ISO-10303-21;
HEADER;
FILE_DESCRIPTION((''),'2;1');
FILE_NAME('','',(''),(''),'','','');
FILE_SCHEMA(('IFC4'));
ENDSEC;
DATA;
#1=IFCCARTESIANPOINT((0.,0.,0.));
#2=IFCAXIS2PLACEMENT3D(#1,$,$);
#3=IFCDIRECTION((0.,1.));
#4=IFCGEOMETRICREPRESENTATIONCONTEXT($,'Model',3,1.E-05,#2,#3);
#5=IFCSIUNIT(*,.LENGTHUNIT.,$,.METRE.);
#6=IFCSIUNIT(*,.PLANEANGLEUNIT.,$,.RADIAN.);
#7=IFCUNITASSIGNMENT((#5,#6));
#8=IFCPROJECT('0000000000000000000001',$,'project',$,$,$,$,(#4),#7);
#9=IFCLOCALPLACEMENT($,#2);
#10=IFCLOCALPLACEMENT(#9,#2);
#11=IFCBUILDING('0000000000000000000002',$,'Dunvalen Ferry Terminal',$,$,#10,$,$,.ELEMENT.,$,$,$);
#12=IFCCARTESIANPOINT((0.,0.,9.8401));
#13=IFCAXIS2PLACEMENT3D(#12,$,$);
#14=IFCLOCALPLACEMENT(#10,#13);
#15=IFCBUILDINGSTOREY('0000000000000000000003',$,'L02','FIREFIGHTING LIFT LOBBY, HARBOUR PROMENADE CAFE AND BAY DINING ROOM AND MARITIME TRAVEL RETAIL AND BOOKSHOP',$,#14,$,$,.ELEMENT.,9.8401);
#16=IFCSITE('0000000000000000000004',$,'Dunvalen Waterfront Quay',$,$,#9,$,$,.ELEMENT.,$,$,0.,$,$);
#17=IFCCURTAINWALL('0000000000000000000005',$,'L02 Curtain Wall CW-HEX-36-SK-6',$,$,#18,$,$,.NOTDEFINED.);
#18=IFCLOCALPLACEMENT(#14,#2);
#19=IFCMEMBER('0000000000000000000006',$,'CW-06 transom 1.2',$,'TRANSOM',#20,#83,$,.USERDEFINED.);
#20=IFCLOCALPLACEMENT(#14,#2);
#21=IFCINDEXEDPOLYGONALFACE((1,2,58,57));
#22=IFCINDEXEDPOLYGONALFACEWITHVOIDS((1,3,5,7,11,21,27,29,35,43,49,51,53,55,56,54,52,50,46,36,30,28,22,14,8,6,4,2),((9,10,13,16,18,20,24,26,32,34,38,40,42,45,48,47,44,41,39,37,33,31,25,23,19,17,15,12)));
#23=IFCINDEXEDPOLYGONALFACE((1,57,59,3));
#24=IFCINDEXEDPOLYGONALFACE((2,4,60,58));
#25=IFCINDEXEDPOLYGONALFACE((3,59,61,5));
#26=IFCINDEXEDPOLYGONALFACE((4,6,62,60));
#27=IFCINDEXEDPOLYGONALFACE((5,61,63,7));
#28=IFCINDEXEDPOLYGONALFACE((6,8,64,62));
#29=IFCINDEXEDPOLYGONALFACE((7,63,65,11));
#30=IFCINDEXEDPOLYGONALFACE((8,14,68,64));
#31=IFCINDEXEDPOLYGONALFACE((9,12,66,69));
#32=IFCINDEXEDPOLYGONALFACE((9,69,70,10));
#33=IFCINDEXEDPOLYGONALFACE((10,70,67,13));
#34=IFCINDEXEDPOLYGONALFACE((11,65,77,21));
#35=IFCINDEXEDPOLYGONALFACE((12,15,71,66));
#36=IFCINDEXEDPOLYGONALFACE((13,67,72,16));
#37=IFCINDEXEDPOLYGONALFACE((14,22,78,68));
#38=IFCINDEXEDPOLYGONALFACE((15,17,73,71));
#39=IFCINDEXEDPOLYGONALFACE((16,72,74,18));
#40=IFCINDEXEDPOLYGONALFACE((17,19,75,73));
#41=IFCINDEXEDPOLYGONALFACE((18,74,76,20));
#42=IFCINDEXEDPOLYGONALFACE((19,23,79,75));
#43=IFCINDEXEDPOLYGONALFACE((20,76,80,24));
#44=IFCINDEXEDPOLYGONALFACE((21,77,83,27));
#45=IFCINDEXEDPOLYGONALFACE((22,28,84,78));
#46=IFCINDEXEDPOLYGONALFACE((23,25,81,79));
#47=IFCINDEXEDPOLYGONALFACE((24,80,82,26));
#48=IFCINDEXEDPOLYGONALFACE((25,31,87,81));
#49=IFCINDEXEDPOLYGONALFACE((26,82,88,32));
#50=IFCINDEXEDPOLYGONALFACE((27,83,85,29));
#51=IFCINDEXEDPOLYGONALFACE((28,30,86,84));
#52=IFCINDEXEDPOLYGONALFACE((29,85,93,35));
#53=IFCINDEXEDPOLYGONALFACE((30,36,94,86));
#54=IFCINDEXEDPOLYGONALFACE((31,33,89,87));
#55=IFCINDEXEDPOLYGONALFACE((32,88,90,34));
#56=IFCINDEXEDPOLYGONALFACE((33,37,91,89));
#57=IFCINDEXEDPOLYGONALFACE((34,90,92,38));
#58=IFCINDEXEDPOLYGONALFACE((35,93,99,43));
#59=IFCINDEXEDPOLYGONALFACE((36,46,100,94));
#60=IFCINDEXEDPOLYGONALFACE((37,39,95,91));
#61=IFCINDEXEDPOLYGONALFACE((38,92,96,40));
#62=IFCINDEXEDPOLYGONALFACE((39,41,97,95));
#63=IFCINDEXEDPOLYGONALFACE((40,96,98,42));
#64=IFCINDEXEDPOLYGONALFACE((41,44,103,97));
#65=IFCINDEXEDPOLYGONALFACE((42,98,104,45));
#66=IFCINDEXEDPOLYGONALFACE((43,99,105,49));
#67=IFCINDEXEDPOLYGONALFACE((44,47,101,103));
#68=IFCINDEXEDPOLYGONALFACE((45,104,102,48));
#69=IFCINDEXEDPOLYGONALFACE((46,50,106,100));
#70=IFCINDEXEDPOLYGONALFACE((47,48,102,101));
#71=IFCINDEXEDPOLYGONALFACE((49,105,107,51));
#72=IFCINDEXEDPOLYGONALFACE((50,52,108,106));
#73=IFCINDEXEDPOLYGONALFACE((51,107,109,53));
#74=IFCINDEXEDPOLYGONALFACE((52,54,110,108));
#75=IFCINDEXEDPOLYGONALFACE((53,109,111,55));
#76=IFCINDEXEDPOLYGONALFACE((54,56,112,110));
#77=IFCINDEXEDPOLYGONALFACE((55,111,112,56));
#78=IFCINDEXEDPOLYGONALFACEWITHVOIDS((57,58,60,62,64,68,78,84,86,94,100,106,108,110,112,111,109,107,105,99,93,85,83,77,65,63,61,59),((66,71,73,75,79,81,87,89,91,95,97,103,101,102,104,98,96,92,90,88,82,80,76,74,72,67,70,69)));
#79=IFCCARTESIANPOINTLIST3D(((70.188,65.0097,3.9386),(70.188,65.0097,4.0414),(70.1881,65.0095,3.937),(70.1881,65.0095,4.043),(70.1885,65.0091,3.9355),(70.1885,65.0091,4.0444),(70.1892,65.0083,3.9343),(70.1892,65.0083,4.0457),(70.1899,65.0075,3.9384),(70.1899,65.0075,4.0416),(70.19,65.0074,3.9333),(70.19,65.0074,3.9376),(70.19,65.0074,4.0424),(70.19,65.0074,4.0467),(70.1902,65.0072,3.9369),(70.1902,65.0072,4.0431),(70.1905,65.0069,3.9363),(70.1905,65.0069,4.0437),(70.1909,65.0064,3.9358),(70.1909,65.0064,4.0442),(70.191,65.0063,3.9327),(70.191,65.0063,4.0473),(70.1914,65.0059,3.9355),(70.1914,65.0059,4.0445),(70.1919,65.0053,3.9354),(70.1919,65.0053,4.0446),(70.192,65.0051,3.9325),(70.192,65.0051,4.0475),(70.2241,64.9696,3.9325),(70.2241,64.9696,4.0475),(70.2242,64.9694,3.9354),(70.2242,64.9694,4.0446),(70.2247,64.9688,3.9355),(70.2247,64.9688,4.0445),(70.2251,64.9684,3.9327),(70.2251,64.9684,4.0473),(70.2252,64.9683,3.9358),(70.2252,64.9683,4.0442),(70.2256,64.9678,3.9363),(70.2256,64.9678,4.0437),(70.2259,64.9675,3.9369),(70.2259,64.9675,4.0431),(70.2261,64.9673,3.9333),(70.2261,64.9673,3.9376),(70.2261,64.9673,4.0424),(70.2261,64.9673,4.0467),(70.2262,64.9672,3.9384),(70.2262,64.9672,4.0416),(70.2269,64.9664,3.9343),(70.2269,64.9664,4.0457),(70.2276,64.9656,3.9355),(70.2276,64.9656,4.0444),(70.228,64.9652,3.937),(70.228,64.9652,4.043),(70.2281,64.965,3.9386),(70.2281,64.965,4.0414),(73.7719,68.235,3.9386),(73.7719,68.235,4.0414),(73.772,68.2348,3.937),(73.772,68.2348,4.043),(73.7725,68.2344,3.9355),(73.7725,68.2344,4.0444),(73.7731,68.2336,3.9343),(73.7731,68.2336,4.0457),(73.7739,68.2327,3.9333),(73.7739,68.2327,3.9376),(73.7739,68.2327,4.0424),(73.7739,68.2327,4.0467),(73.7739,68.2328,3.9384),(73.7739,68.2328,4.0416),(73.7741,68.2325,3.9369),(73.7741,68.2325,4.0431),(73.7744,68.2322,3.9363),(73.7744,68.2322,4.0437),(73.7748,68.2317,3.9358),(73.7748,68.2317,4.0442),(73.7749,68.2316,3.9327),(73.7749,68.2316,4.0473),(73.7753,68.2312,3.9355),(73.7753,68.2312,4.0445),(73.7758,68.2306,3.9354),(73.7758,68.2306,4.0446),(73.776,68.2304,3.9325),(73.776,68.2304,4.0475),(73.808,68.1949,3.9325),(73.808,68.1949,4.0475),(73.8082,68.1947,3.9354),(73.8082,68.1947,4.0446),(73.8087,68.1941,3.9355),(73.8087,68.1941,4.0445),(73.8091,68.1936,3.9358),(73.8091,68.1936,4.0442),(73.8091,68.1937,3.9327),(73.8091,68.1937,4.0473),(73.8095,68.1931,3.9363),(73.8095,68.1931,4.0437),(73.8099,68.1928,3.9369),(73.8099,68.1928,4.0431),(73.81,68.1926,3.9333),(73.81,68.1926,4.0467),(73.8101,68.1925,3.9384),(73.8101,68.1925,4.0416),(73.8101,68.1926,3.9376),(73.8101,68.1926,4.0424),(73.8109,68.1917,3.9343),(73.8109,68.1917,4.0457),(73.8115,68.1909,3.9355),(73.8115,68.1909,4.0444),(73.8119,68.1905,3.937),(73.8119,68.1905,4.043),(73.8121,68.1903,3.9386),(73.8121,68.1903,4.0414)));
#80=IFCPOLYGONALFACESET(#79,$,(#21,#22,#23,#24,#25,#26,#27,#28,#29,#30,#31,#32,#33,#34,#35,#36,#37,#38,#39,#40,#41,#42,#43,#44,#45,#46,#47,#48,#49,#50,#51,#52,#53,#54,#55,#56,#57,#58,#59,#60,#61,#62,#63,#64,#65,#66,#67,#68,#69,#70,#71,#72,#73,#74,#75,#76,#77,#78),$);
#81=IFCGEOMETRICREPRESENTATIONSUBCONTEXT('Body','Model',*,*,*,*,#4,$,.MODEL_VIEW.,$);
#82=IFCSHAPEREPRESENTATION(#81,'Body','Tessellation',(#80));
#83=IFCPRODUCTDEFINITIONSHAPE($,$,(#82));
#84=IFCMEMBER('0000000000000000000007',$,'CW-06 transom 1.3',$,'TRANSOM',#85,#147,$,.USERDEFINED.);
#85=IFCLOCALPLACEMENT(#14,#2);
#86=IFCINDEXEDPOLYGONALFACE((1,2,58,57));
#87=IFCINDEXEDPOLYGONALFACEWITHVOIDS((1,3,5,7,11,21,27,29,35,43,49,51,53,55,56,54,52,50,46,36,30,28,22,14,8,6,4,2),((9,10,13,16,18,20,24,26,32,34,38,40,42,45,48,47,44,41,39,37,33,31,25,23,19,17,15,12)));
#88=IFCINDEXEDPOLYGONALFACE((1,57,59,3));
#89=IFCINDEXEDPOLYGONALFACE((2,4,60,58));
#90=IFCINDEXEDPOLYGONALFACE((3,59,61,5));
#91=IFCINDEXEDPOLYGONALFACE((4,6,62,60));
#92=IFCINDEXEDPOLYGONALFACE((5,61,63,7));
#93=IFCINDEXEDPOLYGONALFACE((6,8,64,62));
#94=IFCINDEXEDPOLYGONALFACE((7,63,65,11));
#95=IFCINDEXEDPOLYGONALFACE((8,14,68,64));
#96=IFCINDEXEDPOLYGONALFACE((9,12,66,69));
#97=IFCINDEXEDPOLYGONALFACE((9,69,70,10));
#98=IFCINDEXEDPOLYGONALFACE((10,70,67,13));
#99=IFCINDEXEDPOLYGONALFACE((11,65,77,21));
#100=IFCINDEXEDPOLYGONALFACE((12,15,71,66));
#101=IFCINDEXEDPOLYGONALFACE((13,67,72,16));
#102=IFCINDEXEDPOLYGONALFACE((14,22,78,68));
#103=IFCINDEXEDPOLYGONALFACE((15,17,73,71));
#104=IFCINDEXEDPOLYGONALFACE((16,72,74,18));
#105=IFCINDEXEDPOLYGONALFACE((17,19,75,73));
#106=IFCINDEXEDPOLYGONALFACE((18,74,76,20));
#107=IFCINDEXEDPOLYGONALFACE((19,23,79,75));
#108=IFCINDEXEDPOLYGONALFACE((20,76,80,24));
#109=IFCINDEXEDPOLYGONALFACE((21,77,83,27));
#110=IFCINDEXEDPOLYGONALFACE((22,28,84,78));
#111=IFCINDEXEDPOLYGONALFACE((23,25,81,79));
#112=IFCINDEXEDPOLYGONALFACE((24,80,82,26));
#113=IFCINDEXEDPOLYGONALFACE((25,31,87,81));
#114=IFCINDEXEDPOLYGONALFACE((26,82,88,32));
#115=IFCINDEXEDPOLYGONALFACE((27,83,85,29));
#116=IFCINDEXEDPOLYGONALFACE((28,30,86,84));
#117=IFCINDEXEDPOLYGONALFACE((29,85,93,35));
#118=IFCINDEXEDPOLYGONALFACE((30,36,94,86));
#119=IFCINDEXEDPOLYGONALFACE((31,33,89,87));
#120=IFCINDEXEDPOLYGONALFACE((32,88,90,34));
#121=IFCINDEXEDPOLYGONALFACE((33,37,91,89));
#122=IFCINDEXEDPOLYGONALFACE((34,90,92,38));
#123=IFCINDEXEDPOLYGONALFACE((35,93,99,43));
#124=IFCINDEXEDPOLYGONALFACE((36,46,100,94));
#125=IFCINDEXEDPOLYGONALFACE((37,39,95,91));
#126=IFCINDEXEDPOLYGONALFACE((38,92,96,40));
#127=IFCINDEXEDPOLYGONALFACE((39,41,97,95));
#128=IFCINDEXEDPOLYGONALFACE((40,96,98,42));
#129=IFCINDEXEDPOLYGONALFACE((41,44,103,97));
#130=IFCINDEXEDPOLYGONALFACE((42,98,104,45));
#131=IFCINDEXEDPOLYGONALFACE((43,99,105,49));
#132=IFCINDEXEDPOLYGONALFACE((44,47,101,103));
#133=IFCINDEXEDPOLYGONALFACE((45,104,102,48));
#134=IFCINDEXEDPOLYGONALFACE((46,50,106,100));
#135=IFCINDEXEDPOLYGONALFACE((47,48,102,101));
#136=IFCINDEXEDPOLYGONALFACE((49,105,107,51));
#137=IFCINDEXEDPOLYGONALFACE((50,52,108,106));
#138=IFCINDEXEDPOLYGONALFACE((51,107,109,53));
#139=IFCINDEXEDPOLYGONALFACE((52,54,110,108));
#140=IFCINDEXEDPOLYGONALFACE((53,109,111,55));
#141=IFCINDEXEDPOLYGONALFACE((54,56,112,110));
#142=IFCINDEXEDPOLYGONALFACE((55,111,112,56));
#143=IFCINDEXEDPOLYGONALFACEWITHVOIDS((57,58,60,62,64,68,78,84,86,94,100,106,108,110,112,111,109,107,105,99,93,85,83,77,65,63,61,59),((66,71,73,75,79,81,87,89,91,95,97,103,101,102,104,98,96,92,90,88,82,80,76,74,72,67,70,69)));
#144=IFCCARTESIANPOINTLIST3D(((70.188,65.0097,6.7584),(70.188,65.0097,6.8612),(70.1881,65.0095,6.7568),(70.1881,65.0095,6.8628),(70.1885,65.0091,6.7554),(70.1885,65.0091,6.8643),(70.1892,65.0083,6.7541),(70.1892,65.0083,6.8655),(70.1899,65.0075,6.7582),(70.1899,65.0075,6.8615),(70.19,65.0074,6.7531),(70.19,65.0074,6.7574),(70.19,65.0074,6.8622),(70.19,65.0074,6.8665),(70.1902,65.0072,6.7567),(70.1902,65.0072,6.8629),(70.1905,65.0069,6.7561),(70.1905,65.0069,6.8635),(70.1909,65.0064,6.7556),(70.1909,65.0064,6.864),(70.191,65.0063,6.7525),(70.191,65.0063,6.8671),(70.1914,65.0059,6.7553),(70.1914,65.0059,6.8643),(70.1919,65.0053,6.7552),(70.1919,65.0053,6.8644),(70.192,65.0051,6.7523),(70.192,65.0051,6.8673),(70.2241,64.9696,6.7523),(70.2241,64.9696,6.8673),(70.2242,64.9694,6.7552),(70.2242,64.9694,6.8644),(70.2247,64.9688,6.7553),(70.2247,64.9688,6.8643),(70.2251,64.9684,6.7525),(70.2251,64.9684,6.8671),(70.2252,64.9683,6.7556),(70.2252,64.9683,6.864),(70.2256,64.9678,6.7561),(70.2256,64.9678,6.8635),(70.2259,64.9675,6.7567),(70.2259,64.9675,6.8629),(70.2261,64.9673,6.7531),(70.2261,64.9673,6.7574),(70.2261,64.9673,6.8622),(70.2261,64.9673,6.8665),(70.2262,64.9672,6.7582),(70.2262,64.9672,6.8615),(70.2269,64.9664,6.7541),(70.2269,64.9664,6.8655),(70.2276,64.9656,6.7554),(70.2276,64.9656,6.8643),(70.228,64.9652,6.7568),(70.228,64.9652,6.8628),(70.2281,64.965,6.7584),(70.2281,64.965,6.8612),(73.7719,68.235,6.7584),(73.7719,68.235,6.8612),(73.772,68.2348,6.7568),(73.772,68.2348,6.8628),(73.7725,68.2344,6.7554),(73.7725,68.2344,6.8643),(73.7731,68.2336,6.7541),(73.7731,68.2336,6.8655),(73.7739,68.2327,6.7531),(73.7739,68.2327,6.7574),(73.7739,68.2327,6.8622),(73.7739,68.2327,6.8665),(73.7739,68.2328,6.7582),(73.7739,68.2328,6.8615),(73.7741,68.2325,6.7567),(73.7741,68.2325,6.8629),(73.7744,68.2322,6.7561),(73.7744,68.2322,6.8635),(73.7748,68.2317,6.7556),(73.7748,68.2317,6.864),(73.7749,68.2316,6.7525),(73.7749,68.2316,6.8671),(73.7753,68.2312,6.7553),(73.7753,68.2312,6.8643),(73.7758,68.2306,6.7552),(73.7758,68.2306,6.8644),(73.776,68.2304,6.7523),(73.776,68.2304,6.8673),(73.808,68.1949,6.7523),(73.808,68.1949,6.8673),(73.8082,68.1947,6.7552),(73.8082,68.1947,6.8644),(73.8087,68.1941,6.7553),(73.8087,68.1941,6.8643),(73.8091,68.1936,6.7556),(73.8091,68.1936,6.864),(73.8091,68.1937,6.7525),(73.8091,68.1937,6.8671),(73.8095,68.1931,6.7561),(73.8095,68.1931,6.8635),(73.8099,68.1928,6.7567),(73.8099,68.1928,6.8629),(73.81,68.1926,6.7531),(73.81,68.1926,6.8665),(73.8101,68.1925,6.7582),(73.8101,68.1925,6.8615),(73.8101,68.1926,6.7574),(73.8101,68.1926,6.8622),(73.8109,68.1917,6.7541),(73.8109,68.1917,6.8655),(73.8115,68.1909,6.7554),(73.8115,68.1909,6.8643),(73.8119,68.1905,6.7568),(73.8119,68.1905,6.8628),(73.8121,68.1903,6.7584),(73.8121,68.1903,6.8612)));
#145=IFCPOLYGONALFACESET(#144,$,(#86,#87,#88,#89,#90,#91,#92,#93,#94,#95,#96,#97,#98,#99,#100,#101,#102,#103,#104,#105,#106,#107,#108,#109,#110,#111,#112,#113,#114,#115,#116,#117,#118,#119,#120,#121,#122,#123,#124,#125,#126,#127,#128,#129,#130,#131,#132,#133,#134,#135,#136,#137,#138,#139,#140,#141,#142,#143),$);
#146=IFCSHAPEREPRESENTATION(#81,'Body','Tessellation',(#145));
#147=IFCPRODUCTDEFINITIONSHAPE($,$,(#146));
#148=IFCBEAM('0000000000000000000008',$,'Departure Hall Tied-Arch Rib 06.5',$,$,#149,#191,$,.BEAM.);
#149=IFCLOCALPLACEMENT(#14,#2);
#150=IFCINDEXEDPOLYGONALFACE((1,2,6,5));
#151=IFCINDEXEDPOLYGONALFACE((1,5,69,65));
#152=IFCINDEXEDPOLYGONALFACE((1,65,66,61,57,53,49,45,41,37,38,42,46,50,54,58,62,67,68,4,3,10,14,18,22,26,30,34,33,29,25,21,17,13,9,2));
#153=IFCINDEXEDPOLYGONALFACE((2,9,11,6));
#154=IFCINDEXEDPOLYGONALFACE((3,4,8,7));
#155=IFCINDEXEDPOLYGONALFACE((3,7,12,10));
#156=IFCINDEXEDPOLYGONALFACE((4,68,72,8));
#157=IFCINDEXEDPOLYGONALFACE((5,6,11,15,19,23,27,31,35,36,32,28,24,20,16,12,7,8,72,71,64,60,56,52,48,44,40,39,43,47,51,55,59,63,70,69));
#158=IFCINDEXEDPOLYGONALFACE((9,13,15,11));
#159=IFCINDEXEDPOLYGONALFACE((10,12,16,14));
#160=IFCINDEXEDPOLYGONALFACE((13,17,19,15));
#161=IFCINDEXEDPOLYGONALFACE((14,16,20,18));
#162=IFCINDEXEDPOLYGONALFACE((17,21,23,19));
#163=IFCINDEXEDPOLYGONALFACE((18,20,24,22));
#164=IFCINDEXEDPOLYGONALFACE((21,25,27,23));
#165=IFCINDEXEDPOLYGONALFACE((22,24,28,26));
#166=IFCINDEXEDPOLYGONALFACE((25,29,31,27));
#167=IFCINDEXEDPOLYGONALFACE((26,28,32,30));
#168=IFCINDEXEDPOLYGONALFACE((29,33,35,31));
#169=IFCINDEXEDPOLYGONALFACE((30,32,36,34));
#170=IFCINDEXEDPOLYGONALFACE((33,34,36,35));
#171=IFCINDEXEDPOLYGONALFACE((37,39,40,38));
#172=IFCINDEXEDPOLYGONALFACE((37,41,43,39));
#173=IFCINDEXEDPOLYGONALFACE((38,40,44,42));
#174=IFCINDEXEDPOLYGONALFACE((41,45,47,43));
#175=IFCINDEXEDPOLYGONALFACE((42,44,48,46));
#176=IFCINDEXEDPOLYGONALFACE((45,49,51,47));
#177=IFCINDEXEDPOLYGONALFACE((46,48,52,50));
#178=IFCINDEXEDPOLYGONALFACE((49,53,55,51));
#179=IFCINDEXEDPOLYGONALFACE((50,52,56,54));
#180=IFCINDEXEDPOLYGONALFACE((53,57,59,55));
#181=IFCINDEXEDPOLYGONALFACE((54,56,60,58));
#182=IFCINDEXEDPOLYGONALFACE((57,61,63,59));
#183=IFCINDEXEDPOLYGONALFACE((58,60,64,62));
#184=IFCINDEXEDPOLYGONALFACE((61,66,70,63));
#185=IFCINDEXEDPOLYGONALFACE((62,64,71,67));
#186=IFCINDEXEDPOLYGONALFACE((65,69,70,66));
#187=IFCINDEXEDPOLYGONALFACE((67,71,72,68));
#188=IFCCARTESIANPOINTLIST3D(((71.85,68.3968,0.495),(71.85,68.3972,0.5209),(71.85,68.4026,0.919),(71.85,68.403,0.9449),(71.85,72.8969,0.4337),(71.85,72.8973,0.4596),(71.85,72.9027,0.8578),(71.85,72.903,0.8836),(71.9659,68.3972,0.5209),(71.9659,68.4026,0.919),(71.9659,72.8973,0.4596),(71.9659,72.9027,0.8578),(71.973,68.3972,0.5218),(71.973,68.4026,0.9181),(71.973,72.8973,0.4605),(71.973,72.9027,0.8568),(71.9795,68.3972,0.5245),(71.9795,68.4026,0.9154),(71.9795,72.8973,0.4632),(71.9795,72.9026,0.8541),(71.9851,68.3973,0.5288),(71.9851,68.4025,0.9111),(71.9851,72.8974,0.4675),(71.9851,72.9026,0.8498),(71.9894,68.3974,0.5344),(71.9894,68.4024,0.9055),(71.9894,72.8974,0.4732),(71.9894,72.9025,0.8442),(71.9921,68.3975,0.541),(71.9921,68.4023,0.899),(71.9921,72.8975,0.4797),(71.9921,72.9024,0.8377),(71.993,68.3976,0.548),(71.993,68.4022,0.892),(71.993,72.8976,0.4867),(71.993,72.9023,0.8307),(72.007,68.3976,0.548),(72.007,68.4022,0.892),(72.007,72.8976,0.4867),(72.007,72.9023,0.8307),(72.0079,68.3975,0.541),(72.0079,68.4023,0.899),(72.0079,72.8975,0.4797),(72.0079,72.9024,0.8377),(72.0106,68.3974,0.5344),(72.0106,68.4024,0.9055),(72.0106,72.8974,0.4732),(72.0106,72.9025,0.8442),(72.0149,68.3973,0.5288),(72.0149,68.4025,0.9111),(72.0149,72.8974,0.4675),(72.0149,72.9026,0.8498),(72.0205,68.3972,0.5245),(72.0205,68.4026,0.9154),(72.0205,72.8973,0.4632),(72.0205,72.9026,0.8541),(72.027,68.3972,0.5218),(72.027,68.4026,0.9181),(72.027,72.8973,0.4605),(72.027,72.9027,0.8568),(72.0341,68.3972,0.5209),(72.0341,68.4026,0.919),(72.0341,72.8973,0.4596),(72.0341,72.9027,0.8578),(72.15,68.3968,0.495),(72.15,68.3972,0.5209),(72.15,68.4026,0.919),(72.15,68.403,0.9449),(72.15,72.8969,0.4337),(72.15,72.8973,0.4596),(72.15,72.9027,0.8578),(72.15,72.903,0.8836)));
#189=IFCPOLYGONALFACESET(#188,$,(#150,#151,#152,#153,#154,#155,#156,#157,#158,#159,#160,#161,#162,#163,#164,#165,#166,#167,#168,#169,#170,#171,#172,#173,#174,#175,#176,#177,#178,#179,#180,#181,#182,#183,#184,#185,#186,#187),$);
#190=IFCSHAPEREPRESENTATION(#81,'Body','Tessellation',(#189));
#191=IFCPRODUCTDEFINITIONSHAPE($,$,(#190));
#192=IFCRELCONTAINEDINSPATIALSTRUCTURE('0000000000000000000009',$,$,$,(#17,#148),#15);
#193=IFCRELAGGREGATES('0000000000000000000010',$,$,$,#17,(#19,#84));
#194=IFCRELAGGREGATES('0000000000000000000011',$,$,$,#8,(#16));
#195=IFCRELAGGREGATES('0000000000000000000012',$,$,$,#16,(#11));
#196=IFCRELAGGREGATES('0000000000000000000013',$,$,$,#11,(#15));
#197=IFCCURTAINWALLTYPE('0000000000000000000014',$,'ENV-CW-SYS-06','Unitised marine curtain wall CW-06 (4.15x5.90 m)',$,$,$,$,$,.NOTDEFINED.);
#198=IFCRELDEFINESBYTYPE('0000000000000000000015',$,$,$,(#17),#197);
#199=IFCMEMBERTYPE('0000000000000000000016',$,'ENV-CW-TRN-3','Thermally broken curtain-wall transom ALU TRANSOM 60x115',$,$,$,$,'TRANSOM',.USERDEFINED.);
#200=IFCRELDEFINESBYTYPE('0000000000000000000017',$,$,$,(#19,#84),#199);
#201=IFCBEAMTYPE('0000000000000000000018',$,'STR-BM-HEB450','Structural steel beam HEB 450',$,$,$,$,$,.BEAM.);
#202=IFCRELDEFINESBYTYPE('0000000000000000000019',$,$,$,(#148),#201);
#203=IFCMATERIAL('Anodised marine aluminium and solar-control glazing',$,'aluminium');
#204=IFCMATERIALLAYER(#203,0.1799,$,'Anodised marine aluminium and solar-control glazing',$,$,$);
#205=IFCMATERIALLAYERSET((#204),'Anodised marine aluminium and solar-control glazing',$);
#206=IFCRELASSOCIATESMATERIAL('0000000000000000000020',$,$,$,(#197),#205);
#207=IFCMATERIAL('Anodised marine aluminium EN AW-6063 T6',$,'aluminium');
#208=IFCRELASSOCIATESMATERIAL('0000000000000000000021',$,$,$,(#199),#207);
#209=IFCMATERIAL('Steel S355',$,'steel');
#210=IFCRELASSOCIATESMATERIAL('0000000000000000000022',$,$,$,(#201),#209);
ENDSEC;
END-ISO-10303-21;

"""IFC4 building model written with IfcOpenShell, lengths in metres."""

from ifc_helpers import new_model, si_unit, direction, frame, origin, origin_2d, place, context, subcontext, project, spatial, hollow_rectangle, i_section, extrude, material, layer, layer_set, material_profile, profile_set, type_object, element, aggregate, save


model = new_model("IFC4")

# Units and contexts
model_context = context("Model", 3, precision=1e-05, world=origin(), true_north=direction((0.0, 1.0)))
body_context = subcontext(model_context, "Body", "Model", "MODEL_VIEW")
ifc_project = project(units=[si_unit("LENGTHUNIT", "METRE"), si_unit("PLANEANGLEUNIT", "RADIAN")], contexts=[model_context])

# Site, building, storey
site_placement = place(None, origin())
site = spatial("IfcSite", under=ifc_project, at=site_placement, Name="Dunvalen Waterfront Quay", CompositionType="ELEMENT", RefElevation=0.0)
building_placement = place(site_placement, origin())
building = spatial("IfcBuilding", under=site, at=building_placement, Name="Dunvalen Ferry Terminal", CompositionType="ELEMENT")
storey_placement = place(building_placement, frame((0.0, 0.0, 9.8401)))
storey = spatial("IfcBuildingStorey", under=building, at=storey_placement, Name="L02", Description="FIREFIGHTING LIFT LOBBY, HARBOUR PROMENADE CAFE AND BAY DINING ROOM AND MARITIME TRAVEL RETAIL AND BOOKSHOP", CompositionType="ELEMENT", Elevation=9.8401)

# Curtain wall
ifc_material_1 = material(Name="Anodised marine aluminium and solar-control glazing", Category="aluminium")
ifc_material_2 = material(Name="Anodised marine aluminium EN AW-6063 T6", Category="aluminium")
ifc_layer_1 = layer(ifc_material_1, 0.1799, Name="Anodised marine aluminium and solar-control glazing")
ifc_layer_set_1 = layer_set([ifc_layer_1], Name="Anodised marine aluminium and solar-control glazing")
curtain_wall_type_1 = type_object("IfcCurtainWallType", Name="ENV-CW-SYS-06", Description="Unitised marine curtain wall CW-06 (4.15x5.90 m)", PredefinedType="NOTDEFINED", material=ifc_layer_set_1)
curtain_wall_1_placement = place(storey_placement, origin())
curtain_wall_1 = element("IfcCurtainWall", 1, at=curtain_wall_1_placement, inside=storey, type_object=curtain_wall_type_1, Name="L02 Curtain Wall CW-HEX-36-SK-6", PredefinedType="NOTDEFINED")

# Members
ifc_material_profile_1 = material_profile(ifc_material_2, hollow_rectangle(XDim=0.0601, YDim=0.115, WallThickness=0.0029, InnerFilletRadius=0.0029, OuterFilletRadius=0.0061, at=origin_2d()), Name="Anodised marine aluminium EN AW-6063 T6")
ifc_profile_set_1 = profile_set([ifc_material_profile_1], Name="Anodised marine aluminium EN AW-6063 T6")
member_type_1 = type_object("IfcMemberType", Name="ENV-CW-TRN-3", Description="Thermally broken curtain-wall transom ALU TRANSOM 60x115", ElementType="TRANSOM", PredefinedType="USERDEFINED", material=ifc_profile_set_1)
member_1_placement = place(storey_placement, frame((73.792, 68.2126, 3.99), z_axis=(-0.743319, -0.668937, 0.0), x_axis=(0.668937, -0.743319, 0.0)))
member_1 = element("IfcMember", 2, at=member_1_placement, type_object=member_type_1, Name="CW-06 transom 1.2", ObjectType="TRANSOM", PredefinedType="USERDEFINED", context=body_context, shape_type="SweptSolid", body=[
    extrude(hollow_rectangle(XDim=0.0601, YDim=0.115, WallThickness=0.0029, InnerFilletRadius=0.0029, OuterFilletRadius=0.0061, at=origin_2d()), origin(), (0.0, 0.0, 1.0), 4.8215),
])
member_2_placement = place(storey_placement, frame((73.792, 68.2126, 6.8098), z_axis=(-0.743319, -0.668937, 0.0), x_axis=(0.668937, -0.743319, 0.0)))
member_2 = element("IfcMember", 3, at=member_2_placement, type_object=member_type_1, Name="CW-06 transom 1.3", ObjectType="TRANSOM", PredefinedType="USERDEFINED", context=body_context, shape_type="SweptSolid", body=[
    extrude(hollow_rectangle(XDim=0.0601, YDim=0.115, WallThickness=0.0029, InnerFilletRadius=0.0029, OuterFilletRadius=0.0061, at=origin_2d()), origin(), (0.0, 0.0, 1.0), 4.8215),
])
aggregate(curtain_wall_1, [member_1, member_2])

# Beam
ifc_material_3 = material(Name="Steel S355", Category="steel")
ifc_material_profile_2 = material_profile(ifc_material_3, i_section(OverallWidth=0.3, OverallDepth=0.45, WebThickness=0.0139, FlangeThickness=0.0259, FilletRadius=0.0271, at=origin_2d()), Name="Steel S355")
ifc_profile_set_2 = profile_set([ifc_material_profile_2], Name="Steel S355")
beam_type_1 = type_object("IfcBeamType", Name="STR-BM-HEB450", Description="Structural steel beam HEB 450", PredefinedType="BEAM", material=ifc_profile_set_2)
beam_1_placement = place(storey_placement, frame((72.0, 68.3999, 0.72), z_axis=(0.0, 0.999907, -0.013616), x_axis=(-1.0, 0.0, 0.0)))
element("IfcBeam", 4, at=beam_1_placement, inside=storey, type_object=beam_type_1, Name="Departure Hall Tied-Arch Rib 06.5", PredefinedType="BEAM", context=body_context, shape_type="SweptSolid", body=[
    extrude(i_section(OverallWidth=0.3, OverallDepth=0.45, WebThickness=0.0139, FlangeThickness=0.0259, FilletRadius=0.0271, at=origin_2d()), origin(), (0.0, 0.0, 1.0), 4.5005),
])

save(model, "model.ifc")
